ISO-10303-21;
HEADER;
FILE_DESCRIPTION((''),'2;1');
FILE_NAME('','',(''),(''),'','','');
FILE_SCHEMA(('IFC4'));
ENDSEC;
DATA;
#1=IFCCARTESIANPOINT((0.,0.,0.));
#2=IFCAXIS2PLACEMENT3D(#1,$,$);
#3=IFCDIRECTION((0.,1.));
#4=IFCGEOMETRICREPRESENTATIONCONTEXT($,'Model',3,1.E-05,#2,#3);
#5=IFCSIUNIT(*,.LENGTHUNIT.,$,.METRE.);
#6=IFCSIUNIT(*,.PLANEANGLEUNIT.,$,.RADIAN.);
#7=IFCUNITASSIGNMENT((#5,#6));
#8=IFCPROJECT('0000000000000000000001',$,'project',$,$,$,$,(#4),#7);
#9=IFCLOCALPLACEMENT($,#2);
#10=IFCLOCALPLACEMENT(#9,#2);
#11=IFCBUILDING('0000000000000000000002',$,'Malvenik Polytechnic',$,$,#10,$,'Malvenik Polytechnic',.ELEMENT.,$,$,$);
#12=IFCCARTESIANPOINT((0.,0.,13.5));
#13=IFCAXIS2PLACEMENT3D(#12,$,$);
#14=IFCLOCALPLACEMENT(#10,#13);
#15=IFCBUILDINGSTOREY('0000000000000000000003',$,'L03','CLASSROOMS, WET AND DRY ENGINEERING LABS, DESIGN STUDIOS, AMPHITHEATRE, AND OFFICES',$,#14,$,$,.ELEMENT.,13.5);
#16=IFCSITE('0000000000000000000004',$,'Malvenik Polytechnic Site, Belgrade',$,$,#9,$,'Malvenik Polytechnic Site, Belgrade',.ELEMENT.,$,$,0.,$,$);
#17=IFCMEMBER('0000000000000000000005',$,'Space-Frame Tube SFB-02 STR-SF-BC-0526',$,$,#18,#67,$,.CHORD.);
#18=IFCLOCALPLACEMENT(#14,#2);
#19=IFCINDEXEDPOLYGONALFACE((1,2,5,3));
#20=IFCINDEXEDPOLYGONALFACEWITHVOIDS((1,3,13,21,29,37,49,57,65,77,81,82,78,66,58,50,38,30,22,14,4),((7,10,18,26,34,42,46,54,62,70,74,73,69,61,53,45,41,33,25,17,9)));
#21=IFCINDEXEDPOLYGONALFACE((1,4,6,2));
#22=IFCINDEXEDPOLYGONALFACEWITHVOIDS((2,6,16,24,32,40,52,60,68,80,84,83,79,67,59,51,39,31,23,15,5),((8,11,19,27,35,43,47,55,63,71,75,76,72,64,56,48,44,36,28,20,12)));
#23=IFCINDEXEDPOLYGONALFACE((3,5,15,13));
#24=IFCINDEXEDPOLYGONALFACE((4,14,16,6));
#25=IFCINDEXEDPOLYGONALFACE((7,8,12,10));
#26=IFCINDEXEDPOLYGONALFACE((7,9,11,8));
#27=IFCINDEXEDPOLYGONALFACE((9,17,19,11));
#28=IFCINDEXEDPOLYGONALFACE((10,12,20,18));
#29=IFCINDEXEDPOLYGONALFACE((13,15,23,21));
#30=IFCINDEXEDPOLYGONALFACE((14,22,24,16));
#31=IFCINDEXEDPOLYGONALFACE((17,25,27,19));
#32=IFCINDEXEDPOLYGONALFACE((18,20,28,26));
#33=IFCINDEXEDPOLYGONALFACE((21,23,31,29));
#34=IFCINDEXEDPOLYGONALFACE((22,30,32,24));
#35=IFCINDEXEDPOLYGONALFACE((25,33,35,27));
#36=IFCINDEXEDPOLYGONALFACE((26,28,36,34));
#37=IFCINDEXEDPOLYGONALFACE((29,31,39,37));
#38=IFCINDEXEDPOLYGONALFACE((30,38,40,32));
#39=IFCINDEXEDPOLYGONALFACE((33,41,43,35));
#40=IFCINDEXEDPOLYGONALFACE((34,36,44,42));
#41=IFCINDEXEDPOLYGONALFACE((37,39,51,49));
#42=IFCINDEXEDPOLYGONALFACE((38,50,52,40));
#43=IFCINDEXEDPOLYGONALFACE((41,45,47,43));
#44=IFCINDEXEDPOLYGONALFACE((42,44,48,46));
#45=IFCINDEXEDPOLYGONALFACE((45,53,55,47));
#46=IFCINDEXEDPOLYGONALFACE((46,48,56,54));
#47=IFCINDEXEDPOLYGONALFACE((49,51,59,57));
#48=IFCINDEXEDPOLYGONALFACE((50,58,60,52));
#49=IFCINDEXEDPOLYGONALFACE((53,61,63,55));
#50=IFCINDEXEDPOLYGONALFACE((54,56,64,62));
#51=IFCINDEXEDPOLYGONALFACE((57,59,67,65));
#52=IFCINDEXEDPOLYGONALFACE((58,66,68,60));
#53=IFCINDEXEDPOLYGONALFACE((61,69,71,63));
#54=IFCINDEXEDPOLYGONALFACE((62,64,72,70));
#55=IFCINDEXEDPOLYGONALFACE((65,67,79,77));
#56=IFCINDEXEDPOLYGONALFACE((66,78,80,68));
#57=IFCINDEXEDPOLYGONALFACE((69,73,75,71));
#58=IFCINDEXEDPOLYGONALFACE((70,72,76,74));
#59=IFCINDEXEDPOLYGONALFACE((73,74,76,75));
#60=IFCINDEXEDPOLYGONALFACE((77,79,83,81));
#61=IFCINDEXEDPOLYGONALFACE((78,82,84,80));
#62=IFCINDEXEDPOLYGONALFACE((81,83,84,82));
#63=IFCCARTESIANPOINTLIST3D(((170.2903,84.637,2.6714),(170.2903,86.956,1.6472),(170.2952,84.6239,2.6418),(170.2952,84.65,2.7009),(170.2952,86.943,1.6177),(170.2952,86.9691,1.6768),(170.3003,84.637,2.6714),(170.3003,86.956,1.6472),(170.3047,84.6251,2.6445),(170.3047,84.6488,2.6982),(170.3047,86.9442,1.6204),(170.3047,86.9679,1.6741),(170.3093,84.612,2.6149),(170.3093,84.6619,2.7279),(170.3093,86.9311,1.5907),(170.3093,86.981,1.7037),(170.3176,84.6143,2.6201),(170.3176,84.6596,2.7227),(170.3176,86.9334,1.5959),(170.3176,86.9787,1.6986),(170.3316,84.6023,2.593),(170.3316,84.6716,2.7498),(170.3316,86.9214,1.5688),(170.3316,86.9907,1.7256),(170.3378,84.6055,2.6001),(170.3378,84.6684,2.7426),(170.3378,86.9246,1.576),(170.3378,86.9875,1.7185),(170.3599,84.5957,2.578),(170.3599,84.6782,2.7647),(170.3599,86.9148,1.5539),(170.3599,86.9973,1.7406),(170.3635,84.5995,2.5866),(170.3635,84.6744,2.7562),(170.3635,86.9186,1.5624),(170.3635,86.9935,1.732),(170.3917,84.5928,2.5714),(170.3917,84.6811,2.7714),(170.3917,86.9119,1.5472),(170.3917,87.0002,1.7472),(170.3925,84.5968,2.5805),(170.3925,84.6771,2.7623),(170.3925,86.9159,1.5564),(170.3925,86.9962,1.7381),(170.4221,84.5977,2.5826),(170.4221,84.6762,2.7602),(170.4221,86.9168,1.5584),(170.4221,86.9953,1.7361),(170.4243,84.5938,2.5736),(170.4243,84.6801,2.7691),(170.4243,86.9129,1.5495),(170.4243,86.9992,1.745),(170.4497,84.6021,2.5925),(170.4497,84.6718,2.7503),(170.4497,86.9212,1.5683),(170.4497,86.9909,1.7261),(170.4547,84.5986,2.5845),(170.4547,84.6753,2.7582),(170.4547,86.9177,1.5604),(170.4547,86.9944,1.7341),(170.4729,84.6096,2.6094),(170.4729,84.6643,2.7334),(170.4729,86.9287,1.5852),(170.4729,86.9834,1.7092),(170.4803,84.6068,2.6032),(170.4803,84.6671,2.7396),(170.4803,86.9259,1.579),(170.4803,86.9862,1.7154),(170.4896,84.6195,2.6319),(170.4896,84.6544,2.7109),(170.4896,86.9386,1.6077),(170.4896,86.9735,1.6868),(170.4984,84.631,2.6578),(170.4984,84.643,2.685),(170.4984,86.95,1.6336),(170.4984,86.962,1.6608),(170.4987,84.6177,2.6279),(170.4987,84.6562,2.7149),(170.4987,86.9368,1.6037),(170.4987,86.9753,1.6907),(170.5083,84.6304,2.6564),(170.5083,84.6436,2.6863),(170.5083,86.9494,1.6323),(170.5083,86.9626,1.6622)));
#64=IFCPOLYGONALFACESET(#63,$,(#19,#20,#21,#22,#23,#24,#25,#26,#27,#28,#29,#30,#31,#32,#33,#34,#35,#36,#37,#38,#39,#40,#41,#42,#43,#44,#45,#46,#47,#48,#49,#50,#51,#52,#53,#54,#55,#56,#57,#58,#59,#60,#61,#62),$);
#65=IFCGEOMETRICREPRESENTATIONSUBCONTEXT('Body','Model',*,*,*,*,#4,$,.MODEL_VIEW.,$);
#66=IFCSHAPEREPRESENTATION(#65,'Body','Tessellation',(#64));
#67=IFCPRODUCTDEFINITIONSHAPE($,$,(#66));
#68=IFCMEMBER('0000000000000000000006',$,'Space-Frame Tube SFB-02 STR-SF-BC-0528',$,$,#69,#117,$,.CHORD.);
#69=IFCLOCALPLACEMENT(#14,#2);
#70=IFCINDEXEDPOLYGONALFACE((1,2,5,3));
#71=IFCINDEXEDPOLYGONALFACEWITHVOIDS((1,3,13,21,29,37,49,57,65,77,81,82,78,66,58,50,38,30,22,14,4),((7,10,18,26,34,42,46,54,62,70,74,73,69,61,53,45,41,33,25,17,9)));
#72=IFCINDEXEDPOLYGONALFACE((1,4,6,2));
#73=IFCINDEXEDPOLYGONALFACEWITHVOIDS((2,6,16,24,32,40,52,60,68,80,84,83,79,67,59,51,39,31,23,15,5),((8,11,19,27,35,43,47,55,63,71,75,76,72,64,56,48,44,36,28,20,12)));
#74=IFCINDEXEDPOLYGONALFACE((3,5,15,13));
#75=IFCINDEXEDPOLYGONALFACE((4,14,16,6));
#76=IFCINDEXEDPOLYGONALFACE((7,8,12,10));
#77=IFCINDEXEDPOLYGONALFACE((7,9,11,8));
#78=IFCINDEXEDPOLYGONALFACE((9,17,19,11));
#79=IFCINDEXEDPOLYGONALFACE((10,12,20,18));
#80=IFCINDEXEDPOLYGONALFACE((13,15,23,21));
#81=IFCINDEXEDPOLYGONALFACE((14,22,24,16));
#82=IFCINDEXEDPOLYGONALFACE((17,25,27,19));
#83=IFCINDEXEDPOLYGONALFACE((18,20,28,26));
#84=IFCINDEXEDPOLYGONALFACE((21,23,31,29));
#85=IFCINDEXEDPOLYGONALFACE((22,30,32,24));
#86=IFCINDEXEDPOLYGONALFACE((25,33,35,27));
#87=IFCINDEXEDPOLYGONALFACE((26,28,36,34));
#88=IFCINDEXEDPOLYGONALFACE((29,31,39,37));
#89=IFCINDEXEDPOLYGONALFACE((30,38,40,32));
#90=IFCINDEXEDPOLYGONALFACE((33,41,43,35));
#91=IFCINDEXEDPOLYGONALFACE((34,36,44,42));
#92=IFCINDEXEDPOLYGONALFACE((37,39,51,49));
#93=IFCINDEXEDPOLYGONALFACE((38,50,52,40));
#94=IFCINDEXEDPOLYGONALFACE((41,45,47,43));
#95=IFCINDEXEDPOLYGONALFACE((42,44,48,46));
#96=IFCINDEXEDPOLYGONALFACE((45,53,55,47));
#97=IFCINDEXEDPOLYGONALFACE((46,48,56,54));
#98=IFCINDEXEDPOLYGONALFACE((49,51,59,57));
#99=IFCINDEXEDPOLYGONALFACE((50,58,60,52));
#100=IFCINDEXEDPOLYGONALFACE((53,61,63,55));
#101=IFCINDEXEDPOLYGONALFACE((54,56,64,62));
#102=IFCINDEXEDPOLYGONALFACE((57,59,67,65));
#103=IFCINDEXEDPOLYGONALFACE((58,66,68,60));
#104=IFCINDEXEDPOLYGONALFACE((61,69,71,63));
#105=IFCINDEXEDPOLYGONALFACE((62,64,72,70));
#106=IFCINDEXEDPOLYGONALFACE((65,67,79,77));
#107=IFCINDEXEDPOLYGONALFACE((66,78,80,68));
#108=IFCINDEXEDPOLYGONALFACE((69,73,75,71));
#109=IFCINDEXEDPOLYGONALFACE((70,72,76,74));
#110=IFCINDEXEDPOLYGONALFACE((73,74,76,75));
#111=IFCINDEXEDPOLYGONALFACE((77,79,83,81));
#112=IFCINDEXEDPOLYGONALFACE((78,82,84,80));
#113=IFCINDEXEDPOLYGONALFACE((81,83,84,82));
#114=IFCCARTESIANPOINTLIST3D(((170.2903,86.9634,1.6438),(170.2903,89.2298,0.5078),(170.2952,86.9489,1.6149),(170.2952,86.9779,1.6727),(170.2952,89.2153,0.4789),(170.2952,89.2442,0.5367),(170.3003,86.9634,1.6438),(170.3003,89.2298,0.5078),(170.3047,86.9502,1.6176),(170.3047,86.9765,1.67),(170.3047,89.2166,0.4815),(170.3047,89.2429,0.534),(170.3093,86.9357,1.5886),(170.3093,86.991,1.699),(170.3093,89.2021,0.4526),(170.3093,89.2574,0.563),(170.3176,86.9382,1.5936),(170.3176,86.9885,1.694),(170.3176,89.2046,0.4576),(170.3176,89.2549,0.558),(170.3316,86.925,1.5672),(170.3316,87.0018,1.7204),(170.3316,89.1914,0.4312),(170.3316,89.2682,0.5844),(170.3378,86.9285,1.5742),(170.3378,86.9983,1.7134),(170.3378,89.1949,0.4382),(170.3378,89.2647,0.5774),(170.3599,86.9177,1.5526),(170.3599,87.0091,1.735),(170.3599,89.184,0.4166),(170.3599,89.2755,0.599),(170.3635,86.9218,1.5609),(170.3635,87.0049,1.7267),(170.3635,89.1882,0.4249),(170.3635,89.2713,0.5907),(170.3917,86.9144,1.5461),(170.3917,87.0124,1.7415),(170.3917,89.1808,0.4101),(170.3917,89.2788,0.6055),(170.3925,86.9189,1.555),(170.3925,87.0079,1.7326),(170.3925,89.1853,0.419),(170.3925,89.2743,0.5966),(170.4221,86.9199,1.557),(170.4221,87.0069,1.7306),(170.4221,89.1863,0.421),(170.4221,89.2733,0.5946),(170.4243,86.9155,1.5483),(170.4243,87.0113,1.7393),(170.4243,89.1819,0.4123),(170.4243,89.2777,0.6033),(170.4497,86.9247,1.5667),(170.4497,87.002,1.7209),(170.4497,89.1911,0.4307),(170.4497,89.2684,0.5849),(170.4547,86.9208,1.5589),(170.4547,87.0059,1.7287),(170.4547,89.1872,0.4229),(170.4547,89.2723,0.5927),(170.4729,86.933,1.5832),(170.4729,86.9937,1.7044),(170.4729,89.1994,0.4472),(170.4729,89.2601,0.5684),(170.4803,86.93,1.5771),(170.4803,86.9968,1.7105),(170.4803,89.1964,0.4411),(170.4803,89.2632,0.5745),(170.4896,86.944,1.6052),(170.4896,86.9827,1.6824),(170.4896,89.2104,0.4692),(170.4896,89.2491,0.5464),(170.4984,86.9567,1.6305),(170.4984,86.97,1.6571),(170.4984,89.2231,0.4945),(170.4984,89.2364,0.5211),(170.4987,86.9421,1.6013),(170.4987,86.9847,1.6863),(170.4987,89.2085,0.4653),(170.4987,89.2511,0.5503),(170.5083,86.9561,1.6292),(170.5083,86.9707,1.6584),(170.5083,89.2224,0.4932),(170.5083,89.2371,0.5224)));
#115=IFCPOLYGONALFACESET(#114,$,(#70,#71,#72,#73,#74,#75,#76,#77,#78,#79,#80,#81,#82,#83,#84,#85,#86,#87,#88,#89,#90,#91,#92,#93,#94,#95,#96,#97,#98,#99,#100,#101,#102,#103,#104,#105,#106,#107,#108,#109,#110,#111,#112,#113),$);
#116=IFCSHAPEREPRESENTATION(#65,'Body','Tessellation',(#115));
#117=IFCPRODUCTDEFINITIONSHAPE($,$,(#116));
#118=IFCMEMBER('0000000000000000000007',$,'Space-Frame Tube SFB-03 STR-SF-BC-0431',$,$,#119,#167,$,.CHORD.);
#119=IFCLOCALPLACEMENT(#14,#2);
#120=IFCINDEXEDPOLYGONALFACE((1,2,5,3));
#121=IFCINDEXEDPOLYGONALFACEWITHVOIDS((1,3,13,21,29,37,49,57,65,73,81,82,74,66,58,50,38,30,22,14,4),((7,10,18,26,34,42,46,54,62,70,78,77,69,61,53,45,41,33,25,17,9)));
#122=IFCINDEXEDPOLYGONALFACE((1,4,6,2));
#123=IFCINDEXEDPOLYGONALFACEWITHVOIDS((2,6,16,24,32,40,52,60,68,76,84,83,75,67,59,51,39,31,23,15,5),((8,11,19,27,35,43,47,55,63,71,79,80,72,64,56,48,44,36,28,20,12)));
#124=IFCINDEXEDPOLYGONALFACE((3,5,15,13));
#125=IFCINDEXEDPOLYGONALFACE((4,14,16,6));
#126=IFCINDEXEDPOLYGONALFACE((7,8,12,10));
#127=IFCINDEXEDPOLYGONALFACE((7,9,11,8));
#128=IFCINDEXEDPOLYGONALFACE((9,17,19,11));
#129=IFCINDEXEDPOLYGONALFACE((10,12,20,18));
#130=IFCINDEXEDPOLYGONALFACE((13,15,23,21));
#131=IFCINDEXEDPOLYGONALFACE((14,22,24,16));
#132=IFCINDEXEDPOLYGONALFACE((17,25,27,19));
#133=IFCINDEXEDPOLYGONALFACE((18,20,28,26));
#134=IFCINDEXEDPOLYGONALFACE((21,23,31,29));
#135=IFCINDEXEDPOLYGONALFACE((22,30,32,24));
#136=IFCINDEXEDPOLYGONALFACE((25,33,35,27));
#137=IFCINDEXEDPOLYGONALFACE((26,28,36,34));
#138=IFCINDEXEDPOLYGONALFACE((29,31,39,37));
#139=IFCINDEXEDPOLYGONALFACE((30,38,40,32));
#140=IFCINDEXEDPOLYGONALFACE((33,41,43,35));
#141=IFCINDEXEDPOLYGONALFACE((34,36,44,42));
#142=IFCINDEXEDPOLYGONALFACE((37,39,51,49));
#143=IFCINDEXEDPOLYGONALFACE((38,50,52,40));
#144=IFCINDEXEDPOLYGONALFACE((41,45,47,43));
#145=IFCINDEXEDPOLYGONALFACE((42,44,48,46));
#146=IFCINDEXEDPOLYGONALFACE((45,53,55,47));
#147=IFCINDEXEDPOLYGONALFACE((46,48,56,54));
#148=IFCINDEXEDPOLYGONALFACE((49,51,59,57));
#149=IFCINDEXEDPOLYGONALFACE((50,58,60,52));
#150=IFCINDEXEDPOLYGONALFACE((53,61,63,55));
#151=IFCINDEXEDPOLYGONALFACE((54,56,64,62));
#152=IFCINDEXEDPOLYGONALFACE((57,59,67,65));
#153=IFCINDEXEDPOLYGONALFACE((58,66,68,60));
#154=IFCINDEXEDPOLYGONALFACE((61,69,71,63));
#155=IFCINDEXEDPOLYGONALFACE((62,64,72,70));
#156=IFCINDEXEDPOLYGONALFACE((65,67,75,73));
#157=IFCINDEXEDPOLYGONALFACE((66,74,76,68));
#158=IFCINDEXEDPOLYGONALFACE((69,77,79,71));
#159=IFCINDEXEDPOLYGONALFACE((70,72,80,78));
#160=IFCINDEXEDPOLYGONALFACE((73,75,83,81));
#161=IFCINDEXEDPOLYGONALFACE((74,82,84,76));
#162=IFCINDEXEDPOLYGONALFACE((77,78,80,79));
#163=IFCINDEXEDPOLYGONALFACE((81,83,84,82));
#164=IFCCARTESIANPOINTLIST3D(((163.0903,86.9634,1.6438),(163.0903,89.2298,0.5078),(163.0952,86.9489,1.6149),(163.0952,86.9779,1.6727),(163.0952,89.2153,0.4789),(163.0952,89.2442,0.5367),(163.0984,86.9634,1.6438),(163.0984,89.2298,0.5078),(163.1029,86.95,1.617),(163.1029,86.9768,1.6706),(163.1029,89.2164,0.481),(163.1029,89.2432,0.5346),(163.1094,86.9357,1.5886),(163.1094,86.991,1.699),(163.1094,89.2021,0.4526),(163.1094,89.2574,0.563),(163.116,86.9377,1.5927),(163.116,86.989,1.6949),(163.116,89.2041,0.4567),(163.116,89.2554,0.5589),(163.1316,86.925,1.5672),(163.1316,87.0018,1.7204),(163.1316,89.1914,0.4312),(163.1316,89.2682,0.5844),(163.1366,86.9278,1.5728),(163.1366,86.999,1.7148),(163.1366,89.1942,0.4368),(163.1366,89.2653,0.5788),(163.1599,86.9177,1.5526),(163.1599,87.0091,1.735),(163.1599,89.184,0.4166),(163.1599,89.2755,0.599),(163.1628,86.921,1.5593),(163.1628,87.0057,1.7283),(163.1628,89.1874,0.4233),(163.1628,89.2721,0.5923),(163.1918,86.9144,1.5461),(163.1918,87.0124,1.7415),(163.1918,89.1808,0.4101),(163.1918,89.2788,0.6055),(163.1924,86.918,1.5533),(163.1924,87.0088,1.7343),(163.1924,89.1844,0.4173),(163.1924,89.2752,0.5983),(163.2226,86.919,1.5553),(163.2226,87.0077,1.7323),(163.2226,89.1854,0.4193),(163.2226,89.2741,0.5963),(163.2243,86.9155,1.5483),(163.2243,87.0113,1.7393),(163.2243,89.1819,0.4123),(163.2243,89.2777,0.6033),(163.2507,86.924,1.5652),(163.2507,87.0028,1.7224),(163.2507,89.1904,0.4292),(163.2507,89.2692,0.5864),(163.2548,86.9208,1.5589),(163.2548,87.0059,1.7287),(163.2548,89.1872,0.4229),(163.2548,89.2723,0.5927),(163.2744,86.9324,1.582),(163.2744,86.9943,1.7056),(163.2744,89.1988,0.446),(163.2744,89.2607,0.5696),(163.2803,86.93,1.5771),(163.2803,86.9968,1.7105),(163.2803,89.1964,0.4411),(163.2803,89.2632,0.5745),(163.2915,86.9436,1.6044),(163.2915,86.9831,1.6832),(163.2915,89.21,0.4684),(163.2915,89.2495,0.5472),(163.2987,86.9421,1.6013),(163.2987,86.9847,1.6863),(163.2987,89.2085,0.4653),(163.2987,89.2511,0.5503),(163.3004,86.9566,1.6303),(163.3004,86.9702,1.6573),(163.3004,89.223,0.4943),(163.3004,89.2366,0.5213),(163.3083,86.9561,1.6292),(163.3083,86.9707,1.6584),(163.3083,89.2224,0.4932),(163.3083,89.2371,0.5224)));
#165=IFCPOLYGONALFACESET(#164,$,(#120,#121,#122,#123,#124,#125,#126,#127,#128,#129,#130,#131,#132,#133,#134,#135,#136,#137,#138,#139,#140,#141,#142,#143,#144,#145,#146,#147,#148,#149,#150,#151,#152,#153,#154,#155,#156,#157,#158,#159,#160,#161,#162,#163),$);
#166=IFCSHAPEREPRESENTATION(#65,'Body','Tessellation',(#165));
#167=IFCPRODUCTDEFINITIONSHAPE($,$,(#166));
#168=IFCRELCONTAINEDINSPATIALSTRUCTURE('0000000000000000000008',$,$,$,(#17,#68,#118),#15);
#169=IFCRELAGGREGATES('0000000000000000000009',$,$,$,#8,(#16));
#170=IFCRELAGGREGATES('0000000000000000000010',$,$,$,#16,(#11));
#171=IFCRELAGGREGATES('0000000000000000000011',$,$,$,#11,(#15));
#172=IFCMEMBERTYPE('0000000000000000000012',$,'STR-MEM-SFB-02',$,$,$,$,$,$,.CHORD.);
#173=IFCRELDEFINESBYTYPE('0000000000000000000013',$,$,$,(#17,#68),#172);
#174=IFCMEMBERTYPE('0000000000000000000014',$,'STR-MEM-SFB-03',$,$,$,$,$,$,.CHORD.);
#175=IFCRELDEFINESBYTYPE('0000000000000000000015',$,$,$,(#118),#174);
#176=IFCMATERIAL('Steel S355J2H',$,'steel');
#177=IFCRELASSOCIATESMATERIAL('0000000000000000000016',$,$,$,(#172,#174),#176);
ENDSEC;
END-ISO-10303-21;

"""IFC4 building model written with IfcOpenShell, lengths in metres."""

from ifc_helpers import new_model, si_unit, direction, frame, origin, origin_2d, place, context, subcontext, project, spatial, hollow_circle, extrude, material, material_profile, profile_set, type_object, element, save


model = new_model("IFC4")

# Units and contexts
model_context = context("Model", 3, precision=1e-05, world=origin(), true_north=direction((0.0, 1.0)))
body_context = subcontext(model_context, "Body", "Model", "MODEL_VIEW")
ifc_project = project(units=[si_unit("LENGTHUNIT", "METRE"), si_unit("PLANEANGLEUNIT", "RADIAN")], contexts=[model_context])

# Site, building, storey
site_placement = place(None, origin())
site = spatial("IfcSite", under=ifc_project, at=site_placement, Name="Malvenik Polytechnic Site, Belgrade", LongName="Malvenik Polytechnic Site, Belgrade", CompositionType="ELEMENT", RefElevation=0.0)
building_placement = place(site_placement, origin())
building = spatial("IfcBuilding", under=site, at=building_placement, Name="Malvenik Polytechnic", LongName="Malvenik Polytechnic", CompositionType="ELEMENT")
storey_placement = place(building_placement, frame((0.0, 0.0, 13.5)))
storey = spatial("IfcBuildingStorey", under=building, at=storey_placement, Name="L03", Description="CLASSROOMS, WET AND DRY ENGINEERING LABS, DESIGN STUDIOS, AMPHITHEATRE, AND OFFICES", CompositionType="ELEMENT", Elevation=13.5)

# Members
ifc_material_1 = material(Name="Steel S355J2H", Category="steel")
ifc_material_profile_1 = material_profile(ifc_material_1, hollow_circle(Radius=0.1096, WallThickness=0.01, at=origin_2d()), Name="CHS 219.1x10.0")
ifc_profile_set_1 = profile_set([ifc_material_profile_1], Name="Steel S355J2H")
member_type_1 = type_object("IfcMemberType", Name="STR-MEM-SFB-02", PredefinedType="CHORD", material=ifc_profile_set_1)
for number, where, z_axis, x_axis, name in (
    (1, (170.3999, 84.637, 2.6714), (0.0, 0.914766, -0.403984), (-1.0, 0.0, 0.0), "Space-Frame Tube SFB-02 STR-SF-BC-0526"),
    (2, (170.3999, 86.9634, 1.6438), (0.0, 0.893984, -0.448099), (-1.0, 0.0, 0.0), "Space-Frame Tube SFB-02 STR-SF-BC-0528"),
):
    element("IfcMember", number, at=place(storey_placement, frame(where, z_axis=z_axis, x_axis=x_axis)), inside=storey, type_object=member_type_1, Name=name, PredefinedType="CHORD", context=body_context, shape_type="SweptSolid", body=[
        extrude(hollow_circle(Radius=0.1096, WallThickness=0.01, at=origin_2d()), origin(), (0.0, 0.0, 1.0), 2.5352),
    ])
ifc_material_profile_2 = material_profile(ifc_material_1, hollow_circle(Radius=0.1096, WallThickness=0.0081, at=origin_2d()), Name="CHS 219.1x8.0")
ifc_profile_set_2 = profile_set([ifc_material_profile_2], Name="Steel S355J2H")
member_type_2 = type_object("IfcMemberType", Name="STR-MEM-SFB-03", PredefinedType="CHORD", material=ifc_profile_set_2)
member_1_placement = place(storey_placement, frame((163.2, 86.9634, 1.6438), z_axis=(0.0, 0.893984, -0.448099), x_axis=(-1.0, 0.0, 0.0)))
element("IfcMember", 3, at=member_1_placement, inside=storey, type_object=member_type_2, Name="Space-Frame Tube SFB-03 STR-SF-BC-0431", PredefinedType="CHORD", context=body_context, shape_type="SweptSolid", body=[
    extrude(hollow_circle(Radius=0.1096, WallThickness=0.0081, at=origin_2d()), origin(), (0.0, 0.0, 1.0), 2.5352),
])

save(model, "model.ifc")
